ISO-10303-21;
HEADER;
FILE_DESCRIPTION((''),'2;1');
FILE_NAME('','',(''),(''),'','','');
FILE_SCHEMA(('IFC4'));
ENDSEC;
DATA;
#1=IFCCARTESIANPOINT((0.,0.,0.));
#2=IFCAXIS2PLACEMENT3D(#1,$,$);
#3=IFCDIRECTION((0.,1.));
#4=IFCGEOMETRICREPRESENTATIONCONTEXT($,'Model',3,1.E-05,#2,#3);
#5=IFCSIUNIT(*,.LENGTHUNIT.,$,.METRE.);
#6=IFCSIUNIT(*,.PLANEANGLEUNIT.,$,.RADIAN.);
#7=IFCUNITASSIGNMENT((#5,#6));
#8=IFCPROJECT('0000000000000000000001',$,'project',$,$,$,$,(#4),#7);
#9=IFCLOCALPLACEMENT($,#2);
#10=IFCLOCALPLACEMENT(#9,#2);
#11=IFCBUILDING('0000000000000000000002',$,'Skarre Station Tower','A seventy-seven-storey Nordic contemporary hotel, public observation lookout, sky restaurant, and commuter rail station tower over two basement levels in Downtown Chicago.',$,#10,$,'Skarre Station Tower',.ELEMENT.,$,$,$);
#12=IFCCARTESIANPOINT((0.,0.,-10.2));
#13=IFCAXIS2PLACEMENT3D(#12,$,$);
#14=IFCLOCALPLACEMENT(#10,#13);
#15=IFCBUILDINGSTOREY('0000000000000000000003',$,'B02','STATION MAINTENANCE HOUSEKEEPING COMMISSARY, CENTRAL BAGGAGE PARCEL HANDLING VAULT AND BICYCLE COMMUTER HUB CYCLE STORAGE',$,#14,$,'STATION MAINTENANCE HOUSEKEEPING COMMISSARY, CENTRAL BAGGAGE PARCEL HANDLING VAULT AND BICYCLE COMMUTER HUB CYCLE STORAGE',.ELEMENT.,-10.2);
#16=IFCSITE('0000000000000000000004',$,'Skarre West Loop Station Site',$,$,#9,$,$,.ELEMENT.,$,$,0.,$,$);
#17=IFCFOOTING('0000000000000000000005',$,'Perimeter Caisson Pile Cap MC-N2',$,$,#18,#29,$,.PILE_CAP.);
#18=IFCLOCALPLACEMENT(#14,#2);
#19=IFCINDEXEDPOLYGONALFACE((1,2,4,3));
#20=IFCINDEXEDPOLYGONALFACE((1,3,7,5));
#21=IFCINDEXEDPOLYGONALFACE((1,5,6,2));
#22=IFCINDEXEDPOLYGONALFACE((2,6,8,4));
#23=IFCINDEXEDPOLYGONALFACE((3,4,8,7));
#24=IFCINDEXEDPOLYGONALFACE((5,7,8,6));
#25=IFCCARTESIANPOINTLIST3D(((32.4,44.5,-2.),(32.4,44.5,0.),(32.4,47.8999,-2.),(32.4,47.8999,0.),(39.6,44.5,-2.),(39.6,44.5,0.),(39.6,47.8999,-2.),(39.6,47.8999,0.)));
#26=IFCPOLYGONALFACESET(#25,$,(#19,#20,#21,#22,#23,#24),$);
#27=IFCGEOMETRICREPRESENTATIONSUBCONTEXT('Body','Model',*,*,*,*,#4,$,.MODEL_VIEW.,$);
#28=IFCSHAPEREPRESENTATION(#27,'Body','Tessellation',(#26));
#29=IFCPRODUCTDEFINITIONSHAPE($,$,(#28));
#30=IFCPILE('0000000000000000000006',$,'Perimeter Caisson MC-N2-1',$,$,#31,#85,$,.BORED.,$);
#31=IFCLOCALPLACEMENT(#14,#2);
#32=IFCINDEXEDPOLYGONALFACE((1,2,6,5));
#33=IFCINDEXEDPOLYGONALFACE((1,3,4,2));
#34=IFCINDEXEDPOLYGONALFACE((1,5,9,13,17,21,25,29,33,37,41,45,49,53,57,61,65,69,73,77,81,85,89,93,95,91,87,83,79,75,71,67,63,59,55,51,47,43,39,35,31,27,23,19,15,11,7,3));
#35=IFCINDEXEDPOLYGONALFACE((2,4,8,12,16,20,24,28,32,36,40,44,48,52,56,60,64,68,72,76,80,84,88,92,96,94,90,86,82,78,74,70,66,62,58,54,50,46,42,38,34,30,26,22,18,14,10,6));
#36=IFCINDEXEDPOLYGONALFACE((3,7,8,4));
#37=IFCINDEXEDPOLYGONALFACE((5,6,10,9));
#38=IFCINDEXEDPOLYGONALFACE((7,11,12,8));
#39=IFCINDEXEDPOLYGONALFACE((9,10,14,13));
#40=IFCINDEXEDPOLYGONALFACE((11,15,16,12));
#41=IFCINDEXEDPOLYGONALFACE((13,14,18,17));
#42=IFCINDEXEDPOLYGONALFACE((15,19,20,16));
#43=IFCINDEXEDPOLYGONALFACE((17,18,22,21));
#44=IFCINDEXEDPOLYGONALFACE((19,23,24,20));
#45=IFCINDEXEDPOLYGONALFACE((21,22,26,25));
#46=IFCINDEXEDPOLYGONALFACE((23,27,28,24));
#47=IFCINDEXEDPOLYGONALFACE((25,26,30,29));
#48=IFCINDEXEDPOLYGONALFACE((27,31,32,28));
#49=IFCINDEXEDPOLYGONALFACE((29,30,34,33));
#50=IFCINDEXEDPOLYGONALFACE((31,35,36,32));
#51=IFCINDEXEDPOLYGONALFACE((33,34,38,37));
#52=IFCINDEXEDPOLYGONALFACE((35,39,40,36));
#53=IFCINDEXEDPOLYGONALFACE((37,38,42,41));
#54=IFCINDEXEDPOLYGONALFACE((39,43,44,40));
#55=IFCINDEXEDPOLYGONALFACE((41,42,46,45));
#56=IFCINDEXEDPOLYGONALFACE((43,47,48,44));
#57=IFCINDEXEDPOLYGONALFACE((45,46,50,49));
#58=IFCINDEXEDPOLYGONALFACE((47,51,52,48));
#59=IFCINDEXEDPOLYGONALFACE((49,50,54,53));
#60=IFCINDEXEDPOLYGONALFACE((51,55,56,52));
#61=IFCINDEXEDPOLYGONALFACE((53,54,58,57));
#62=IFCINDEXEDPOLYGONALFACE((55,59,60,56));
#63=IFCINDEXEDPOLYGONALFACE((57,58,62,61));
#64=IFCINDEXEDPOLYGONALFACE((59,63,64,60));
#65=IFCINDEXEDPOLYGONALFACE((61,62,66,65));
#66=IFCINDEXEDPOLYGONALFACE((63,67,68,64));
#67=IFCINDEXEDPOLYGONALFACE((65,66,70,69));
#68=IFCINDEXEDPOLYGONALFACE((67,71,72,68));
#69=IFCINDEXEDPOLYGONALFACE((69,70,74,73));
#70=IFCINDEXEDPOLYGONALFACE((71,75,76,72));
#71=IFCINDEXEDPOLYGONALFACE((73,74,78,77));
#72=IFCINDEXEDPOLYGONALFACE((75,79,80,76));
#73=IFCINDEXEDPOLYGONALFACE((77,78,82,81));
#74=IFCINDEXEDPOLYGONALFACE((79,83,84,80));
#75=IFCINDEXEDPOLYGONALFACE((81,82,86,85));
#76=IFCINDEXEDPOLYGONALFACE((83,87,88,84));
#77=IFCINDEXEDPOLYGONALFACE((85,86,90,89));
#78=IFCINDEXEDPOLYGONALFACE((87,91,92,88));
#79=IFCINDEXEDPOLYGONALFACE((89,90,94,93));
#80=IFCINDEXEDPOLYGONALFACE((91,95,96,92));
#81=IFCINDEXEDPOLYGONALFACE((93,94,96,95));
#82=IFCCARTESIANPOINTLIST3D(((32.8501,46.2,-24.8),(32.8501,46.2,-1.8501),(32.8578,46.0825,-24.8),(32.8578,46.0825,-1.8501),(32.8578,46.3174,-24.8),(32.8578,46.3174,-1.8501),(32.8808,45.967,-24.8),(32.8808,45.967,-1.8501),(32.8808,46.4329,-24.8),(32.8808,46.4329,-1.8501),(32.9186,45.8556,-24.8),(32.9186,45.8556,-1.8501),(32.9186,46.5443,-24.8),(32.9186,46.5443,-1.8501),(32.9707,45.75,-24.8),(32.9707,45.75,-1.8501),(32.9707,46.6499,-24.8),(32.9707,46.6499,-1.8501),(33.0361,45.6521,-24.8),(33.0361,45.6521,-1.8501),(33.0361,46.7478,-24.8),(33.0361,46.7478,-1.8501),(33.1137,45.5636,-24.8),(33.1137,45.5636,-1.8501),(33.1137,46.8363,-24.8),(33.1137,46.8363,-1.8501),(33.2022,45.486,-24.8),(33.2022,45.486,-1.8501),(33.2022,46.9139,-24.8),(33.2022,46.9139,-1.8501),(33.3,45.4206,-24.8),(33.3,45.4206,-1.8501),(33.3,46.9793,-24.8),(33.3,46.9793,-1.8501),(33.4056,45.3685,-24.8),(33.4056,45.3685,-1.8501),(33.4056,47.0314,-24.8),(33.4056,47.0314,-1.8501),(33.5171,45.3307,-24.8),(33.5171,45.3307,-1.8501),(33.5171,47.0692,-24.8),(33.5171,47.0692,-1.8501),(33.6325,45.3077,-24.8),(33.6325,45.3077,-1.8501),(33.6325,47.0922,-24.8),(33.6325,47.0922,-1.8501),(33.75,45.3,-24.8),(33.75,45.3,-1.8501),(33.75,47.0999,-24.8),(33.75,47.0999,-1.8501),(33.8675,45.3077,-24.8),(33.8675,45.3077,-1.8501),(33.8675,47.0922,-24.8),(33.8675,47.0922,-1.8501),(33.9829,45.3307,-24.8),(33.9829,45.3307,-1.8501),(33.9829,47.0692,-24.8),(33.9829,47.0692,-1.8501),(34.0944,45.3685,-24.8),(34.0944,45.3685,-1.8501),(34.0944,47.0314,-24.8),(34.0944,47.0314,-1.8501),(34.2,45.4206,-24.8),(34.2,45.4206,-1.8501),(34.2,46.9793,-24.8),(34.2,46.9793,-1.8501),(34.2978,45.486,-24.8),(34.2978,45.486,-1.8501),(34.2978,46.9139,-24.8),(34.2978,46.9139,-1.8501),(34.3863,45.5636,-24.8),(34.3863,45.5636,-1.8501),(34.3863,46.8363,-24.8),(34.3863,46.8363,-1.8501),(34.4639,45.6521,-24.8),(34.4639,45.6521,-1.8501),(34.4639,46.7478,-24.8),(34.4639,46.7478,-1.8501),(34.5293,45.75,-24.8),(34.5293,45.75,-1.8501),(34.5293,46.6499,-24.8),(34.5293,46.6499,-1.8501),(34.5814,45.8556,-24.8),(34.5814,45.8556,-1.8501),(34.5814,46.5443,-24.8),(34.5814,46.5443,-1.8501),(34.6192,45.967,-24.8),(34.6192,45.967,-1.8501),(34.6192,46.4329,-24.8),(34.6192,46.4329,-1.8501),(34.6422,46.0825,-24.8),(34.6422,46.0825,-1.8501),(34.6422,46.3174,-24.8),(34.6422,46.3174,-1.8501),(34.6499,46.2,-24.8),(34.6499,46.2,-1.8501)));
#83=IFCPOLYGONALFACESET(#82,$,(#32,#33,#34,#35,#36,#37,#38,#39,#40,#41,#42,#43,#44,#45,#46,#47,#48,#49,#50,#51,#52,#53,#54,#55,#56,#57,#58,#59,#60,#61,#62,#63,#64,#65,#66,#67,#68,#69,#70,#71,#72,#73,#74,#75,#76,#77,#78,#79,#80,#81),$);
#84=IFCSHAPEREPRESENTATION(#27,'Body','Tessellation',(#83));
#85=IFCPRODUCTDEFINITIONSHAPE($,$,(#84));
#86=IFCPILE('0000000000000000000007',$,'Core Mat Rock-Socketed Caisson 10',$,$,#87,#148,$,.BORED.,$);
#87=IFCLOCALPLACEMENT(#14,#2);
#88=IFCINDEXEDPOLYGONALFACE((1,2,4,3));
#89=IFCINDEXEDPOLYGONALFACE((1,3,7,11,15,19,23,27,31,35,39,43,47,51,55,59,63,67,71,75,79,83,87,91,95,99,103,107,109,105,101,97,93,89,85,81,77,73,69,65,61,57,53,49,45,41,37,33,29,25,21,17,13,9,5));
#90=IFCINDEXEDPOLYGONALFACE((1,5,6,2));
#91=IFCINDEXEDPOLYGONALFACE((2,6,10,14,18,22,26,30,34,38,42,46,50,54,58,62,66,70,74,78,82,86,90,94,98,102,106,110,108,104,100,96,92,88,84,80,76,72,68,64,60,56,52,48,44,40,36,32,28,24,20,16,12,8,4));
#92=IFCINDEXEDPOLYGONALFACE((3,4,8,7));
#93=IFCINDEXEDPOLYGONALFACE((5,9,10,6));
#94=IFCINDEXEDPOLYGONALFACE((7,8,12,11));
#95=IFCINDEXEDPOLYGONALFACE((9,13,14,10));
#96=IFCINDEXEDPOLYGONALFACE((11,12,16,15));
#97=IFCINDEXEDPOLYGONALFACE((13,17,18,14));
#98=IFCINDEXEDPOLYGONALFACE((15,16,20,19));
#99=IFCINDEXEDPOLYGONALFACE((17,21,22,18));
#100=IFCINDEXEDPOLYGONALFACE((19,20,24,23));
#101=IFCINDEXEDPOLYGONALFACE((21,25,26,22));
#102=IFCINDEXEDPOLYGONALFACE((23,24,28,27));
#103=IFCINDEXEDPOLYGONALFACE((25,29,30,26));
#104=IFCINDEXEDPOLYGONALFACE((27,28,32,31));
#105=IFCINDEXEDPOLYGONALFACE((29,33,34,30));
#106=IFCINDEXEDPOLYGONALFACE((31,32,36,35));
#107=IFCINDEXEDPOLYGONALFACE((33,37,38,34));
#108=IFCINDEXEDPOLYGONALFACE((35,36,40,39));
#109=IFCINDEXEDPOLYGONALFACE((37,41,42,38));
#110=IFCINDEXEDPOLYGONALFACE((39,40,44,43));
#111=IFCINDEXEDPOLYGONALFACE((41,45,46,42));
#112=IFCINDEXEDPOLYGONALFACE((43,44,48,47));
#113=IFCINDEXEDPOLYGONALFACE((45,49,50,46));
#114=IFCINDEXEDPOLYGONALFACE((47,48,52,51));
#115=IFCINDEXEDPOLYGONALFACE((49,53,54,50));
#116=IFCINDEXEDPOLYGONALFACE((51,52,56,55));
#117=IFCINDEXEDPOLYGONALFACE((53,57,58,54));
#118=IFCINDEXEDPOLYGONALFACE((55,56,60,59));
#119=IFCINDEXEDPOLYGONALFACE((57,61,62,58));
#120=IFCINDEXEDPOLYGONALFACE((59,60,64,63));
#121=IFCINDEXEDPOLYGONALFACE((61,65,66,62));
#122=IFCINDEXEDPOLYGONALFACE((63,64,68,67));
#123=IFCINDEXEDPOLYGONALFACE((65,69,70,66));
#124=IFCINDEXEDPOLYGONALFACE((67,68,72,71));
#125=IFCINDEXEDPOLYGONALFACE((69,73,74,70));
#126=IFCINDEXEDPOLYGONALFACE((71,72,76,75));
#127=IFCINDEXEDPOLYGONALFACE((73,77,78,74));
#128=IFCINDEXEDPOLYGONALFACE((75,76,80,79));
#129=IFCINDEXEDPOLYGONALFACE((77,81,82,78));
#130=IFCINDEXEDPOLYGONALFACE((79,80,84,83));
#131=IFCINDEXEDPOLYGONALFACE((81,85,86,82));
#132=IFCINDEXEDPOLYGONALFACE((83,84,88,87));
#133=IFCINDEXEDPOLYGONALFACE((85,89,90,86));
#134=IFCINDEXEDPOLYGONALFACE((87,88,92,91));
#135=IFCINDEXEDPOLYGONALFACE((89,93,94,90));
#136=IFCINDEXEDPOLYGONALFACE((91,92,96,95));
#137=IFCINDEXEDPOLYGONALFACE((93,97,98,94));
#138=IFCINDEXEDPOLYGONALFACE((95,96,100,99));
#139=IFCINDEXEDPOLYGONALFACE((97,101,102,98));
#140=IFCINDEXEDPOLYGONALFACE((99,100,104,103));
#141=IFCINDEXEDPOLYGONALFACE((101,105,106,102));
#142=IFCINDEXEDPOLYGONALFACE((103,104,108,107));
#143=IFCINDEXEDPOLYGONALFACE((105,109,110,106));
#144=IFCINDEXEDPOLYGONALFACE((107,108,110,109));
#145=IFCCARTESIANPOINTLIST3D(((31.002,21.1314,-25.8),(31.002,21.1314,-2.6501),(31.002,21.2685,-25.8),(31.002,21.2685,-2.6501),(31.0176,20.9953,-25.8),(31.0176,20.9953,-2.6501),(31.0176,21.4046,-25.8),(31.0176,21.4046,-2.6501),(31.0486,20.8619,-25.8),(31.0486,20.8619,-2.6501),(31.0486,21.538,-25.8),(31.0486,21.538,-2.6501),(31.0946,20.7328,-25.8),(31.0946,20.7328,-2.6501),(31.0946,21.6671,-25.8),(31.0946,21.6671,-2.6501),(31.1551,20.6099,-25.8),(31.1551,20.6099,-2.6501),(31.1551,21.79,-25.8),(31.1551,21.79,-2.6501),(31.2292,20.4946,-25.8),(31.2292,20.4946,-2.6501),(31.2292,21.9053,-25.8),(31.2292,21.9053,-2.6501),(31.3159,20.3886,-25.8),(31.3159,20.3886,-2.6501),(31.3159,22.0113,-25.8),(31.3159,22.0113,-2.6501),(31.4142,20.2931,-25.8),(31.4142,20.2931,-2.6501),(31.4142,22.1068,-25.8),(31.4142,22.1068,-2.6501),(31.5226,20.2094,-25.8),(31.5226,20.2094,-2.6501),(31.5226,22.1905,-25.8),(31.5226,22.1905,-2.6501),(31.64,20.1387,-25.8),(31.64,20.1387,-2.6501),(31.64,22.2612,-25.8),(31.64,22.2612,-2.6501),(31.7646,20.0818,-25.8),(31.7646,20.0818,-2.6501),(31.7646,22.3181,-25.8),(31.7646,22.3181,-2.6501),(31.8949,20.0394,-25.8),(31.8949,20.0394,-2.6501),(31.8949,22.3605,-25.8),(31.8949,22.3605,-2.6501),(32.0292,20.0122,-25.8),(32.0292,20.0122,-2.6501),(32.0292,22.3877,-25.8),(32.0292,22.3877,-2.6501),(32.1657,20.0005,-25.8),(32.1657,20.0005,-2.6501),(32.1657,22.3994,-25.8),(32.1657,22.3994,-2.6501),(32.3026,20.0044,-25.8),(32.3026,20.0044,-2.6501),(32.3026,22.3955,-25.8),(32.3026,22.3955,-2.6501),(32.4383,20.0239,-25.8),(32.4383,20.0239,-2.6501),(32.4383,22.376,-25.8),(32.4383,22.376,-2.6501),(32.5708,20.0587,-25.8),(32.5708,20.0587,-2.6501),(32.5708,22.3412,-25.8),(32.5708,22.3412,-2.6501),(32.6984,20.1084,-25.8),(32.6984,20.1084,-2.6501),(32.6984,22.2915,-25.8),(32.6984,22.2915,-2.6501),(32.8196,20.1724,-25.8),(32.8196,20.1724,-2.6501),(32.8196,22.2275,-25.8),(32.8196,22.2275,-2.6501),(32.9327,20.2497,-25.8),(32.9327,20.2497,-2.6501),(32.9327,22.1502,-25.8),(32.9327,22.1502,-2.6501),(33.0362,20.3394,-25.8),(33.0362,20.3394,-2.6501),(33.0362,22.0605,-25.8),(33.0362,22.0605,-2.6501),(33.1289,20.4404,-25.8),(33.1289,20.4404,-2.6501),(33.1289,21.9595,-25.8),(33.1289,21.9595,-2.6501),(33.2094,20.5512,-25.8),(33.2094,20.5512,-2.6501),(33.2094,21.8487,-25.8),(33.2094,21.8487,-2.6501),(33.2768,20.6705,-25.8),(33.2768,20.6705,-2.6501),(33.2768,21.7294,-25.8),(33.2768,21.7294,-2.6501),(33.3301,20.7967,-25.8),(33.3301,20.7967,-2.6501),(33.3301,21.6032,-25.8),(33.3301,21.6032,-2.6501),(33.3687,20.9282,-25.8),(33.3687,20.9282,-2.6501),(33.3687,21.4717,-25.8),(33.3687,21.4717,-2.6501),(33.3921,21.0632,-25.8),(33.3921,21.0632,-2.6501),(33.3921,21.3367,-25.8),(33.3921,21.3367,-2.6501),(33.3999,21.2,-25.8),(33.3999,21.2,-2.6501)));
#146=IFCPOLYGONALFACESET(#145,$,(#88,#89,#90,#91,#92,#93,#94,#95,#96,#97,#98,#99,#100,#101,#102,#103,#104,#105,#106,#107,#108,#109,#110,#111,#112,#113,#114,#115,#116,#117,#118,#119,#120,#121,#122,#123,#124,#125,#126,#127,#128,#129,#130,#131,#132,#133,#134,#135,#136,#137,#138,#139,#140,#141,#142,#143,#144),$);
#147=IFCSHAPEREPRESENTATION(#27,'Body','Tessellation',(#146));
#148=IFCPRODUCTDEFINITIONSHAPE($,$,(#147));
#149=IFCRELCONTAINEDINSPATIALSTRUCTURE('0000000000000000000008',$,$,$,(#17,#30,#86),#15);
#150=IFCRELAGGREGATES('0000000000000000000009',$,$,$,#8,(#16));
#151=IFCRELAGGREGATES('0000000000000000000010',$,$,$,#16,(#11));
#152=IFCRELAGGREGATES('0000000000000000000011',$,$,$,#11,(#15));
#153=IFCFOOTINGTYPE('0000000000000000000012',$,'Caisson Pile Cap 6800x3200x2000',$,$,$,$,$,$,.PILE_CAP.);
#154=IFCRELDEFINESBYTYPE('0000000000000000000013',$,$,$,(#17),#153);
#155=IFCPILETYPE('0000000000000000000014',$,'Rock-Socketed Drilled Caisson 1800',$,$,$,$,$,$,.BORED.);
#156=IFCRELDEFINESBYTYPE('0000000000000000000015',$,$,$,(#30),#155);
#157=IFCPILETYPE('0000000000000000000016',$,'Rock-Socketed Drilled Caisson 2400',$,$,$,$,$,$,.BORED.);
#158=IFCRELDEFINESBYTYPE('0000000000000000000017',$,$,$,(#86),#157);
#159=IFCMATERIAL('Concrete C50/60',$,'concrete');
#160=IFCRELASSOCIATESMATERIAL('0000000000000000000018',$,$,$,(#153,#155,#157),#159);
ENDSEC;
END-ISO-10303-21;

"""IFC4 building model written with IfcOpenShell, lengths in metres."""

from ifc_helpers import new_model, si_unit, direction, frame, origin, origin_2d, place, context, subcontext, project, spatial, rectangle, circle, extrude, material, material_profile, profile_set, type_object, element, save


model = new_model("IFC4")

# Units and contexts
model_context = context("Model", 3, precision=1e-05, world=origin(), true_north=direction((0.0, 1.0)))
body_context = subcontext(model_context, "Body", "Model", "MODEL_VIEW")
ifc_project = project(units=[si_unit("LENGTHUNIT", "METRE"), si_unit("PLANEANGLEUNIT", "RADIAN")], contexts=[model_context])

# Site, building, storey
site_placement = place(None, origin())
site = spatial("IfcSite", under=ifc_project, at=site_placement, Name="Skarre West Loop Station Site", CompositionType="ELEMENT", RefElevation=0.0)
building_placement = place(site_placement, origin())
building = spatial("IfcBuilding", under=site, at=building_placement, Name="Skarre Station Tower", Description="A seventy-seven-storey Nordic contemporary hotel, public observation lookout, sky restaurant, and commuter rail station tower over two basement levels in Downtown Chicago.", LongName="Skarre Station Tower", CompositionType="ELEMENT")
storey_placement = place(building_placement, frame((0.0, 0.0, -10.2)))
storey = spatial("IfcBuildingStorey", under=building, at=storey_placement, Name="B02", Description="STATION MAINTENANCE HOUSEKEEPING COMMISSARY, CENTRAL BAGGAGE PARCEL HANDLING VAULT AND BICYCLE COMMUTER HUB CYCLE STORAGE", LongName="STATION MAINTENANCE HOUSEKEEPING COMMISSARY, CENTRAL BAGGAGE PARCEL HANDLING VAULT AND BICYCLE COMMUTER HUB CYCLE STORAGE", CompositionType="ELEMENT", Elevation=-10.2)

# Footing
ifc_material_1 = material(Name="Concrete C50/60", Category="concrete")
footing_type = type_object("IfcFootingType", Name="Caisson Pile Cap 6800x3200x2000", PredefinedType="PILE_CAP", material=ifc_material_1)
footing_placement = place(storey_placement, frame((36.0, 46.2, -2.0), z_axis=(0.0, 0.0, 1.0), x_axis=(1.0, 0.0, 0.0)))
element("IfcFooting", 1, at=footing_placement, inside=storey, type_object=footing_type, Name="Perimeter Caisson Pile Cap MC-N2", PredefinedType="PILE_CAP", context=body_context, shape_type="SweptSolid", body=[
    extrude(rectangle(XDim=7.2, YDim=3.3999, at=origin_2d()), origin(), (0.0, 0.0, 1.0), 2.0),
])

# Piles
ifc_material_profile_1 = material_profile(ifc_material_1, circle(Radius=0.8999, at=origin_2d()), Name="Concrete C50/60")
ifc_profile_set_1 = profile_set([ifc_material_profile_1], Name="Concrete C50/60")
pile_type_1 = type_object("IfcPileType", Name="Rock-Socketed Drilled Caisson 1800", PredefinedType="BORED", material=ifc_profile_set_1)
pile_placement = place(storey_placement, frame((33.75, 46.2, -1.8501), z_axis=(0.0, 0.0, -1.0), x_axis=(1.0, 0.0, 0.0)))
element("IfcPile", 2, at=pile_placement, inside=storey, type_object=pile_type_1, Name="Perimeter Caisson MC-N2-1", PredefinedType="BORED", context=body_context, shape_type="SweptSolid", body=[
    extrude(circle(Radius=0.8999, at=origin_2d()), origin(), (0.0, 0.0, 1.0), 22.95),
])
ifc_material_profile_2 = material_profile(ifc_material_1, circle(Radius=1.2, at=origin_2d()), Name="Concrete C50/60")
ifc_profile_set_2 = profile_set([ifc_material_profile_2], Name="Concrete C50/60")
pile_type_2 = type_object("IfcPileType", Name="Rock-Socketed Drilled Caisson 2400", PredefinedType="BORED", material=ifc_profile_set_2)
for number, where, z_axis, x_axis, name in (
    (3, (32.2, 21.2, -2.6501), (0.0, 0.0, -1.0), (1.0, 0.0, 0.0), "Core Mat Rock-Socketed Caisson 10"),
):
    element("IfcPile", number, at=place(storey_placement, frame(where, z_axis=z_axis, x_axis=x_axis)), inside=storey, type_object=pile_type_2, Name=name, PredefinedType="BORED", context=body_context, shape_type="SweptSolid", body=[
        extrude(circle(Radius=1.2, at=origin_2d()), origin(), (0.0, 0.0, 1.0), 23.1499),
    ])

save(model, "model.ifc")
